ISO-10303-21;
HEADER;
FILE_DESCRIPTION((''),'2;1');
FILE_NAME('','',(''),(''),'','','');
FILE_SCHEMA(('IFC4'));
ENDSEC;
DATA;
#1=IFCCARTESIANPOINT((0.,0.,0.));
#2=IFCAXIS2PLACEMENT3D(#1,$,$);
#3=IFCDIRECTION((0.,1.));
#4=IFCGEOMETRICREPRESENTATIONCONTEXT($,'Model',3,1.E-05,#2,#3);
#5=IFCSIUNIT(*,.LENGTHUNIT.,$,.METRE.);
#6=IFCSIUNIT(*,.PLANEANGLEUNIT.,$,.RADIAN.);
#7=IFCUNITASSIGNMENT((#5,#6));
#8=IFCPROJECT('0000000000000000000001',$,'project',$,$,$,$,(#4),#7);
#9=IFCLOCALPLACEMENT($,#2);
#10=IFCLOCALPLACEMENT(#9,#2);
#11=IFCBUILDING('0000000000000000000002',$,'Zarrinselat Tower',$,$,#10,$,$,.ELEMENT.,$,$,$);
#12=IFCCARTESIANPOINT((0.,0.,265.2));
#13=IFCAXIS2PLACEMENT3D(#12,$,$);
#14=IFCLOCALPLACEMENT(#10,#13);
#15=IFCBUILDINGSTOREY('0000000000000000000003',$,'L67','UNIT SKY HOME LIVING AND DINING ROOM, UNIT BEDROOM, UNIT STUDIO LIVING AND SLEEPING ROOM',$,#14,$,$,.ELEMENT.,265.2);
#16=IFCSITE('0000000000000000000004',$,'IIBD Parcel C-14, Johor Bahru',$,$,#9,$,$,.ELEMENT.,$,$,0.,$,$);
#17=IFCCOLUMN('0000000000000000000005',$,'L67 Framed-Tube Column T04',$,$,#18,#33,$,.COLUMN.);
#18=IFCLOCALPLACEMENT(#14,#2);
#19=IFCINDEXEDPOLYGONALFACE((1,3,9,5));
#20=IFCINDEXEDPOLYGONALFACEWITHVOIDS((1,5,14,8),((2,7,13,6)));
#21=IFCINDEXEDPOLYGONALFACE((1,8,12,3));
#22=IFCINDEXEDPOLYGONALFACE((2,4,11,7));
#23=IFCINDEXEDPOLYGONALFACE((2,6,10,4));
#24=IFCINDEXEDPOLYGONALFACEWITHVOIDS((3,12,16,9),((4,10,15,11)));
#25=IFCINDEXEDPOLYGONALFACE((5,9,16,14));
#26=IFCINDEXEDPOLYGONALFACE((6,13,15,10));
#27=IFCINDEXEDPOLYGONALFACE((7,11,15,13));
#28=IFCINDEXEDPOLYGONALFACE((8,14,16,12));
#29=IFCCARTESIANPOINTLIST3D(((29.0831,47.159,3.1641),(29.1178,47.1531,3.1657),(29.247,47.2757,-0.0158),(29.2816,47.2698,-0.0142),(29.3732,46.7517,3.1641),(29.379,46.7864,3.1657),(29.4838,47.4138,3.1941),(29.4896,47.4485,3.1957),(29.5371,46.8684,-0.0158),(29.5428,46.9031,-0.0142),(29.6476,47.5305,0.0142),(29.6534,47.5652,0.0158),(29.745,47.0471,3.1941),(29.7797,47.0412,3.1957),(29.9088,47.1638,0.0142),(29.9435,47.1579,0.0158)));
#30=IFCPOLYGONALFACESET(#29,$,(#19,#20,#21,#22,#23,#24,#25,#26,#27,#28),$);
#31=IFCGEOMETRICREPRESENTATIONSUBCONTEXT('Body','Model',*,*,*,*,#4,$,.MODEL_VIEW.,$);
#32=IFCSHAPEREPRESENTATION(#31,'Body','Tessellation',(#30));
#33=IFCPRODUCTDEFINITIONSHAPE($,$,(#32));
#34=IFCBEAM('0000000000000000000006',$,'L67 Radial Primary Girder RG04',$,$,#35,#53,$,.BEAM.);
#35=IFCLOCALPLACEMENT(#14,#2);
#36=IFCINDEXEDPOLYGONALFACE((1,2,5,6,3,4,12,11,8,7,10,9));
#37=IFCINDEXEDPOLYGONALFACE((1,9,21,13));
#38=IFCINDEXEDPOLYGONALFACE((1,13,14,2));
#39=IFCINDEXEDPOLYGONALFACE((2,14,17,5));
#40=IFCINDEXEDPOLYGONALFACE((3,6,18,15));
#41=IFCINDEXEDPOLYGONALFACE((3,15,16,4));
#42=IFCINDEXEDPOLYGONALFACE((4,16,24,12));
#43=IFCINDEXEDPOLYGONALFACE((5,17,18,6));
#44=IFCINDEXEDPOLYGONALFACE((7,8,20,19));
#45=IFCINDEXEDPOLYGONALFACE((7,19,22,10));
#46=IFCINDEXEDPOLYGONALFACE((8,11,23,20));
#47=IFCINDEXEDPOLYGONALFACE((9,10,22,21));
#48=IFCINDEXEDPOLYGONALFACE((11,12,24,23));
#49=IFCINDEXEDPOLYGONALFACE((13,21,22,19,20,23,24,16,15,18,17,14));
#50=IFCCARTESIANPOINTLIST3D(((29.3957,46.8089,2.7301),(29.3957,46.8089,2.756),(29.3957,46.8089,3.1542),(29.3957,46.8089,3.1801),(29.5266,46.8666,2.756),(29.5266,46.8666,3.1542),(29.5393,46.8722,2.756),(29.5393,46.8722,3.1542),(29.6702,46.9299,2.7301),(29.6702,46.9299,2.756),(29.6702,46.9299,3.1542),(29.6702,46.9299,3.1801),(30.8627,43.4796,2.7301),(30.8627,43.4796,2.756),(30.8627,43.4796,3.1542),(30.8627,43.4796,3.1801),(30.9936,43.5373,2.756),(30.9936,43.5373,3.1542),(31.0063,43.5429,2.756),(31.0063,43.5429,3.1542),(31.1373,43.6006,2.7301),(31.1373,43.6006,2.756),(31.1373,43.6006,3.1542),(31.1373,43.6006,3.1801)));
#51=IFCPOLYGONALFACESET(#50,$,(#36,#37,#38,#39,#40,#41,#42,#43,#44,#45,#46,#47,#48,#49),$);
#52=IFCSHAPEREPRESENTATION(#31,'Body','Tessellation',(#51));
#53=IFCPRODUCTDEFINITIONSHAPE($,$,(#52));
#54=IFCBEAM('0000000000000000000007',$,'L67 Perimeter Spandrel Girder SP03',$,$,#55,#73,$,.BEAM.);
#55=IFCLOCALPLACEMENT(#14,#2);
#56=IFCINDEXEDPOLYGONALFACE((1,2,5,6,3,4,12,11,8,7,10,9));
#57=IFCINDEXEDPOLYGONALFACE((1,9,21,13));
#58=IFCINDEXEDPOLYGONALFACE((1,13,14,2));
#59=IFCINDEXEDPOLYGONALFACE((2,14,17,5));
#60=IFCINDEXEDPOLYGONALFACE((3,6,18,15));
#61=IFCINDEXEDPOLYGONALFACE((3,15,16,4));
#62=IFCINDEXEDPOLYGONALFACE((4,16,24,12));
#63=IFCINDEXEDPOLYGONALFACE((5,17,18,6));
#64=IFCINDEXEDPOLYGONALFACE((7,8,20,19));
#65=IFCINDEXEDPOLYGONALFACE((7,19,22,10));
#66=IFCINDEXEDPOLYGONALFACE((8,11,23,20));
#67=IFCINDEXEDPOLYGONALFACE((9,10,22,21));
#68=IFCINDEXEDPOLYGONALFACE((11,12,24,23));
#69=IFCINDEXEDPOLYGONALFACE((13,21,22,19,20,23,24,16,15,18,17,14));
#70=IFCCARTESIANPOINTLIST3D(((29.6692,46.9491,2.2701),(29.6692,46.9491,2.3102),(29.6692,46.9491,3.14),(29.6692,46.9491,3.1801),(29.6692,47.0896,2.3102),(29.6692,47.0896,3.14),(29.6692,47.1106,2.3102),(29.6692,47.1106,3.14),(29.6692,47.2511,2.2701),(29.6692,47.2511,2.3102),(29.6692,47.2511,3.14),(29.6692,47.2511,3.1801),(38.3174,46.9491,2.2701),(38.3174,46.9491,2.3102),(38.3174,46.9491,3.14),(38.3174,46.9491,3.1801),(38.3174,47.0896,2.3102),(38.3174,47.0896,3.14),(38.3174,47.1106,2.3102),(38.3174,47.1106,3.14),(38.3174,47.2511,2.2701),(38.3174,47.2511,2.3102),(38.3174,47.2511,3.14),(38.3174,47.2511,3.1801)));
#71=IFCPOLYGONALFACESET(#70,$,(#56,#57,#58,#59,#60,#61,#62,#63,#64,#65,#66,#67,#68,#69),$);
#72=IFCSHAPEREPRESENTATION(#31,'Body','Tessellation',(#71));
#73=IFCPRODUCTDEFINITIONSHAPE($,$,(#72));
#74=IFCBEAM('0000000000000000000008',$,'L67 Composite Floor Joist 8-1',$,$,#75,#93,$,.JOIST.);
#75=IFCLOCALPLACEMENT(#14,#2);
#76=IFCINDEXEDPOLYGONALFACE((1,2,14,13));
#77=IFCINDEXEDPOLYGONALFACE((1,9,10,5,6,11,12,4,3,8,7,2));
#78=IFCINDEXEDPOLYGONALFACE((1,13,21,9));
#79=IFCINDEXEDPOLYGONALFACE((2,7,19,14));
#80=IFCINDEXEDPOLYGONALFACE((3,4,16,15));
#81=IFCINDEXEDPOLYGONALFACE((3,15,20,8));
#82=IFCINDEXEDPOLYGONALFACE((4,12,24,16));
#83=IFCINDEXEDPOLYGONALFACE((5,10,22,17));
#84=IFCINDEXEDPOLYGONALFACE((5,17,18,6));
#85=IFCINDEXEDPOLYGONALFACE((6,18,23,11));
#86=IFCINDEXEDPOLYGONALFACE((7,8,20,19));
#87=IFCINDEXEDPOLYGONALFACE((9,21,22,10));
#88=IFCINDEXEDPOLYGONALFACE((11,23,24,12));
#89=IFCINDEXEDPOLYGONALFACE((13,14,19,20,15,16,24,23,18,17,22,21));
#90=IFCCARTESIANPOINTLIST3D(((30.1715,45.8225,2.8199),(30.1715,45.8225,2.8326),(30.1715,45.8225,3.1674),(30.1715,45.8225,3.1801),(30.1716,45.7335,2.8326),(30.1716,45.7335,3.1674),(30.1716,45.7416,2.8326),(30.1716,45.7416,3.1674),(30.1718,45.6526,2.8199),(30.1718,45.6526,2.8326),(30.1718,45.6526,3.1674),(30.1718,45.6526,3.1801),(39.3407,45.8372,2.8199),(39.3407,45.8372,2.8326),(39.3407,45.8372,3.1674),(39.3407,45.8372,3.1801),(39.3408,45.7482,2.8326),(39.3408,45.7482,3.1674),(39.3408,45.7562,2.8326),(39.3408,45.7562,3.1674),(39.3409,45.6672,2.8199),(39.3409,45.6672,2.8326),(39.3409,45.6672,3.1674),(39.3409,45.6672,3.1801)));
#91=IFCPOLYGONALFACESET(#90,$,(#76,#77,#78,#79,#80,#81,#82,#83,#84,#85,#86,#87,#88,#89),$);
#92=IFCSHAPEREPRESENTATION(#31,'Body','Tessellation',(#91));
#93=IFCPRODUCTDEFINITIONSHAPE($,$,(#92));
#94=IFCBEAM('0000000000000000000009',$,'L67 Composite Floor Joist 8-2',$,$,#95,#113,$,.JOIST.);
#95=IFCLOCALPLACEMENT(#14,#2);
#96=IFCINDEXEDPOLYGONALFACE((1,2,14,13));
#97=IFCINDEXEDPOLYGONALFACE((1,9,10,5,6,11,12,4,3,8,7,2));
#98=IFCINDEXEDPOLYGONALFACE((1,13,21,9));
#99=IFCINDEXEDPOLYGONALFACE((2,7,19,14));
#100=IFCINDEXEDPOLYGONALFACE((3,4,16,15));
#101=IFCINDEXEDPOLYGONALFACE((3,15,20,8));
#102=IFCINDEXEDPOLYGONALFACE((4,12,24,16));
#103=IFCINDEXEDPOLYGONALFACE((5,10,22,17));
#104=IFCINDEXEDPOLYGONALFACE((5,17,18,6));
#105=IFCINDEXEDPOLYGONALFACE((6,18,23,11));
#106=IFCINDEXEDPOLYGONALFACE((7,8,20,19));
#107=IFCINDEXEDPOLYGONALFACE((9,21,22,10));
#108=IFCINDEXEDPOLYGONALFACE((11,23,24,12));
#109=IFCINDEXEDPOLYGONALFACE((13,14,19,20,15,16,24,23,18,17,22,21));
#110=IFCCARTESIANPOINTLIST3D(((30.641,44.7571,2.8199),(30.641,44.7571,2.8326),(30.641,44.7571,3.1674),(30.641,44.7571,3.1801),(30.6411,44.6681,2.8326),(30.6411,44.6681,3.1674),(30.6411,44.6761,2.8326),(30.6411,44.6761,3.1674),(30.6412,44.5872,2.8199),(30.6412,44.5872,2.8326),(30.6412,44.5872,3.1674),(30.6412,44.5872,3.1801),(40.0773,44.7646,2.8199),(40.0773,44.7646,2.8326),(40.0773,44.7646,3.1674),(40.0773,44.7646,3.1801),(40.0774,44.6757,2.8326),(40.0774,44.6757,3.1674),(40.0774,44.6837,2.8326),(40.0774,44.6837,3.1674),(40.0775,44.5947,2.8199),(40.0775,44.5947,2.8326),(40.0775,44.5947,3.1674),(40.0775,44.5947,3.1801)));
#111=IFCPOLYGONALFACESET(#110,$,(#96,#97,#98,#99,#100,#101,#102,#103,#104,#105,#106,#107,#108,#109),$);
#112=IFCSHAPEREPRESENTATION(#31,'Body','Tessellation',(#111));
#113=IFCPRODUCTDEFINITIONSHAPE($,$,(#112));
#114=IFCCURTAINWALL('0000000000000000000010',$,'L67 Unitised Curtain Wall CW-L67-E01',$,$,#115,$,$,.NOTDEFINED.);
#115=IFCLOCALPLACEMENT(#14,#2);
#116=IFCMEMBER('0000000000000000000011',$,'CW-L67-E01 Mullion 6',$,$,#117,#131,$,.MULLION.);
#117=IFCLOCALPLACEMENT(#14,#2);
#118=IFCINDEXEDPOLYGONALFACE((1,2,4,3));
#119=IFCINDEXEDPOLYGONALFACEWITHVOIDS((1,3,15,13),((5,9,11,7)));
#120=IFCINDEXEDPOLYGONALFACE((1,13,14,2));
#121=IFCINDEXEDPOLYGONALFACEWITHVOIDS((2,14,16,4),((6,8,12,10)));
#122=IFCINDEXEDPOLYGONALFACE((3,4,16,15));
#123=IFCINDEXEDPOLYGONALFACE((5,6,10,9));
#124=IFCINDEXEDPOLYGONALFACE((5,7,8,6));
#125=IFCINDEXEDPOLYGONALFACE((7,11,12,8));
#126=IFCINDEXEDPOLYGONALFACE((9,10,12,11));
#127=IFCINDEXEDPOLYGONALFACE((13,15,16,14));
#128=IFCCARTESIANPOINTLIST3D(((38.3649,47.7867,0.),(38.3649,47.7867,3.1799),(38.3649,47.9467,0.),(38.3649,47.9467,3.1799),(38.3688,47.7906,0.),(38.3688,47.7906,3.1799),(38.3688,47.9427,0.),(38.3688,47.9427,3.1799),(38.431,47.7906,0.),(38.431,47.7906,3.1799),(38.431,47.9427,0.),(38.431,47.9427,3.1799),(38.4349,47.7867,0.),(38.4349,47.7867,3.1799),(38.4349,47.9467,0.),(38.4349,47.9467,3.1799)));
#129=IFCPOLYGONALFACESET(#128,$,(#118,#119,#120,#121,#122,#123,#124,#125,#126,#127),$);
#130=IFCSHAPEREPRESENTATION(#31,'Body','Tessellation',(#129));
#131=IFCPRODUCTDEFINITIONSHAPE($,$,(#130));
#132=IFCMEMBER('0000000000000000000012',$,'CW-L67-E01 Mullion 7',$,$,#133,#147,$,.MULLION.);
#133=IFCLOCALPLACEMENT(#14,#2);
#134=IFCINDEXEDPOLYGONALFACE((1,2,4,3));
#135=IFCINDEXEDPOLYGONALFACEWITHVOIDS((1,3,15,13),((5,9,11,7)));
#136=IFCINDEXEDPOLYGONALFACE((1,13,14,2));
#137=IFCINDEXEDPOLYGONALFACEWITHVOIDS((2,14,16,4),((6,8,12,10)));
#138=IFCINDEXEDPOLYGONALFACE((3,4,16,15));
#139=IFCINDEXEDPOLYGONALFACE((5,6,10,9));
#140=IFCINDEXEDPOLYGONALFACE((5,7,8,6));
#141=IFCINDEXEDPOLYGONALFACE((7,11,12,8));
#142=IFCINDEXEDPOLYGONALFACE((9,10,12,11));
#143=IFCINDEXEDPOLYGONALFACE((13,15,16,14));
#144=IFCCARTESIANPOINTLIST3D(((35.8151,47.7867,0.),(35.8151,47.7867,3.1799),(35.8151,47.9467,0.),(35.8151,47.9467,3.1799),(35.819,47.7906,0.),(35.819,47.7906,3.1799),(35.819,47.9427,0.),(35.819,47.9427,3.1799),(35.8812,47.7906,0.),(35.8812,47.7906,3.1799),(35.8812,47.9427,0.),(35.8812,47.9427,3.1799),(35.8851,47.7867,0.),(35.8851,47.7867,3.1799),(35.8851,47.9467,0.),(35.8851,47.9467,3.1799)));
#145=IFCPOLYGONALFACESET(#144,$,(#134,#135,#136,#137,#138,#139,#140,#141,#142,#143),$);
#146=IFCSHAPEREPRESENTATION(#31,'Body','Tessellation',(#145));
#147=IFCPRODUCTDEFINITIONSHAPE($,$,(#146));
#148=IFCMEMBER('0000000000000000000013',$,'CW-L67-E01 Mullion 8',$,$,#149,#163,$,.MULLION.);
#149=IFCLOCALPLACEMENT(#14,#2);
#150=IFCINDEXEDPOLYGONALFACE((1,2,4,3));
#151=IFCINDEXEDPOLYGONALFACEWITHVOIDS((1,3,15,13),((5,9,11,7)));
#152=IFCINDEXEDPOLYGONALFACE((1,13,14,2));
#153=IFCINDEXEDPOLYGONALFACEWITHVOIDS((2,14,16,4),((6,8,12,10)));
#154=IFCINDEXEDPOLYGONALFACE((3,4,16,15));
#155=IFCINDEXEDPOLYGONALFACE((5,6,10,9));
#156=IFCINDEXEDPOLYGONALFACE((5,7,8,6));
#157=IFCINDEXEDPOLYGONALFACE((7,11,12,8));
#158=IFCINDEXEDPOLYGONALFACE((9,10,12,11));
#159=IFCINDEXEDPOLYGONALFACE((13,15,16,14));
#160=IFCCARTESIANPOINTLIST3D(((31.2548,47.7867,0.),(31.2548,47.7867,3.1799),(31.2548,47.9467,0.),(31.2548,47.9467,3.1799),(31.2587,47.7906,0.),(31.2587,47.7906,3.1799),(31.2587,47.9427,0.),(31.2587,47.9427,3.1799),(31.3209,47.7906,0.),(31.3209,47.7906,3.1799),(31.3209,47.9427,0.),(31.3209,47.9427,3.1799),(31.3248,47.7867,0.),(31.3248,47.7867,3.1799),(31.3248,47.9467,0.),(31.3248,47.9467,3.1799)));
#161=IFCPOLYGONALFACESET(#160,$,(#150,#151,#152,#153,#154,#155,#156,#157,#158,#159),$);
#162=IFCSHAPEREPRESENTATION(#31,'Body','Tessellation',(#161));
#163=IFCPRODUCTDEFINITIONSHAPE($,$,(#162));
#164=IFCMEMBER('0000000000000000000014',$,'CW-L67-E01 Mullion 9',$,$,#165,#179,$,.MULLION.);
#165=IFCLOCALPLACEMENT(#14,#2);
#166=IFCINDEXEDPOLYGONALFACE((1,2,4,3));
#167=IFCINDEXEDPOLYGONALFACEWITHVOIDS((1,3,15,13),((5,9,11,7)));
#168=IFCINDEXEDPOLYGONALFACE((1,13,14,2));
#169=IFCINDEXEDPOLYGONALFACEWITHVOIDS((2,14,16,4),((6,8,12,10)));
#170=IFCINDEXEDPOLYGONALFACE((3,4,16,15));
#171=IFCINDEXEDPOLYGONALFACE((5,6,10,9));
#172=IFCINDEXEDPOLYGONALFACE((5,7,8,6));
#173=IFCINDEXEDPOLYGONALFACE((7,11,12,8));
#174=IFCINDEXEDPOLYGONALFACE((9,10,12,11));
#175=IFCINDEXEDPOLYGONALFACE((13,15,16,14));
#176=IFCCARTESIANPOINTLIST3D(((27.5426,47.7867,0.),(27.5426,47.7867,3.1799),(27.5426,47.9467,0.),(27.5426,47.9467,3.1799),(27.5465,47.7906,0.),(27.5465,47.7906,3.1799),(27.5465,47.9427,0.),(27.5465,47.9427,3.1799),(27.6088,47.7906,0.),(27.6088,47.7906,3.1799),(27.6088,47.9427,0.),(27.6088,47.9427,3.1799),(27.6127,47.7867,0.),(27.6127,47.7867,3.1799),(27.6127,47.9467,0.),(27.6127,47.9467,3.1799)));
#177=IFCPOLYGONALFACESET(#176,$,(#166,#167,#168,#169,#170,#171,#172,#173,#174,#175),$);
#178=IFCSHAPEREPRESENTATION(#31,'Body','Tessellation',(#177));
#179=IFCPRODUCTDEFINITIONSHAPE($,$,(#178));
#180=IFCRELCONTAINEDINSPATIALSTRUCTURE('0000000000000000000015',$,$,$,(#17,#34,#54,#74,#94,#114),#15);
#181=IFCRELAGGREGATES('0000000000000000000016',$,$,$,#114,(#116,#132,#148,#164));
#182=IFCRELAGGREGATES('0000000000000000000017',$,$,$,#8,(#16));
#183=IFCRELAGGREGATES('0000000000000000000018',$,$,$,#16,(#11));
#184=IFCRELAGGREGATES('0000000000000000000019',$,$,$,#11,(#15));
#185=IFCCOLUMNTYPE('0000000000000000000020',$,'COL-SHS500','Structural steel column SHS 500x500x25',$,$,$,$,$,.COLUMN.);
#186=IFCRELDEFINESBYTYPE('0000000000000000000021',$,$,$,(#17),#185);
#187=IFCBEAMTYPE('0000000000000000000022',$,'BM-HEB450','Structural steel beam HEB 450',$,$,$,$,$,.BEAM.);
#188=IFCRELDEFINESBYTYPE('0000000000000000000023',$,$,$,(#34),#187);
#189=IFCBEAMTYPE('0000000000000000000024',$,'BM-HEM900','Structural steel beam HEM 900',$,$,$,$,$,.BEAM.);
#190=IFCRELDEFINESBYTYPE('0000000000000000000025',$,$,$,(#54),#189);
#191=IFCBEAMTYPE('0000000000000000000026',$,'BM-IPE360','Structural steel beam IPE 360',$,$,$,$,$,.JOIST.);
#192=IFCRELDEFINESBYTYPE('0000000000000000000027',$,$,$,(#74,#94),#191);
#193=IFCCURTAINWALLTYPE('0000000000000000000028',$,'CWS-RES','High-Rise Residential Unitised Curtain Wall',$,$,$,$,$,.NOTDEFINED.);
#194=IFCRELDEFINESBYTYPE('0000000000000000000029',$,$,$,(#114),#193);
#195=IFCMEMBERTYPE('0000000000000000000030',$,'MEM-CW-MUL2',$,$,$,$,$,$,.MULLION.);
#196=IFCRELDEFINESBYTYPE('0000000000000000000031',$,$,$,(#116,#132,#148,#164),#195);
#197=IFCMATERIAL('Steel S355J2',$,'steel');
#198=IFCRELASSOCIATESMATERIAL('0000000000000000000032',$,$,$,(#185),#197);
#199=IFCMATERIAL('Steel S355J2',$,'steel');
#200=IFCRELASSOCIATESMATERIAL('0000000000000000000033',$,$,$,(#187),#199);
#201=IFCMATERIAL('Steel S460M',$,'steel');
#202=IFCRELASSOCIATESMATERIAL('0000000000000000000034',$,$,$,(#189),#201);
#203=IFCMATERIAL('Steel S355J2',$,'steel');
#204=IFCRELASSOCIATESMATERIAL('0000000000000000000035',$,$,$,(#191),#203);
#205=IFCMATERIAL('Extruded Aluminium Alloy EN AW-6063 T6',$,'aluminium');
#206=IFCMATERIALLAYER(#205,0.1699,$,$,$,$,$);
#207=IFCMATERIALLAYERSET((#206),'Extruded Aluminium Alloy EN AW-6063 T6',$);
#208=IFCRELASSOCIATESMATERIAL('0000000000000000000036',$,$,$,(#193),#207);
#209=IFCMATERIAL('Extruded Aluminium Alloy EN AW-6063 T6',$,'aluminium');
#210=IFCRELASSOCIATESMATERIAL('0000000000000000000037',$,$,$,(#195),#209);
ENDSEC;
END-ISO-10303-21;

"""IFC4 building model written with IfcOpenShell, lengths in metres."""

from ifc_helpers import new_model, si_unit, direction, frame, origin, origin_2d, place, context, subcontext, project, spatial, hollow_rectangle, i_section, extrude, material, layer, layer_set, material_profile, profile_set, type_object, element, aggregate, save


model = new_model("IFC4")

# Units and contexts
model_context = context("Model", 3, precision=1e-05, world=origin(), true_north=direction((0.0, 1.0)))
body_context = subcontext(model_context, "Body", "Model", "MODEL_VIEW")
ifc_project = project(units=[si_unit("LENGTHUNIT", "METRE"), si_unit("PLANEANGLEUNIT", "RADIAN")], contexts=[model_context])

# Site, building, storey
site_placement = place(None, origin())
site = spatial("IfcSite", under=ifc_project, at=site_placement, Name="IIBD Parcel C-14, Johor Bahru", CompositionType="ELEMENT", RefElevation=0.0)
building_placement = place(site_placement, origin())
building = spatial("IfcBuilding", under=site, at=building_placement, Name="Zarrinselat Tower", CompositionType="ELEMENT")
storey_placement = place(building_placement, frame((0.0, 0.0, 265.2)))
storey = spatial("IfcBuildingStorey", under=building, at=storey_placement, Name="L67", Description="UNIT SKY HOME LIVING AND DINING ROOM, UNIT BEDROOM, UNIT STUDIO LIVING AND SLEEPING ROOM", CompositionType="ELEMENT", Elevation=265.2)

# Column
ifc_material_1 = material(Name="Steel S355J2", Category="steel")
ifc_material_profile_1 = material_profile(ifc_material_1, hollow_rectangle(XDim=0.5, YDim=0.5, WallThickness=0.0249, at=origin_2d()), Name="SHS 500x500x25")
ifc_profile_set_1 = profile_set([ifc_material_profile_1], Name="Steel S355J2")
column_type = type_object("IfcColumnType", Name="COL-SHS500", Description="Structural steel column SHS 500x500x25", PredefinedType="COLUMN", material=ifc_profile_set_1)
column_placement = place(storey_placement, frame((29.5952, 47.2168, 0.0), z_axis=(-0.051414, -0.036625, 0.998006), x_axis=(0.580204, -0.814471, 0.0)))
element("IfcColumn", 1, at=column_placement, inside=storey, type_object=column_type, Name="L67 Framed-Tube Column T04", PredefinedType="COLUMN", context=body_context, shape_type="SweptSolid", body=[
    extrude(hollow_rectangle(XDim=0.5, YDim=0.5, WallThickness=0.0249, at=origin_2d()), origin(), (0.0, 0.0, 1.0), 3.1863),
])

# Beams
ifc_material_2 = material(Name="Steel S355J2", Category="steel")
ifc_material_profile_2 = material_profile(ifc_material_2, i_section(OverallWidth=0.3, OverallDepth=0.45, WebThickness=0.0139, FlangeThickness=0.0259, at=origin_2d()), Name="HEB 450")
ifc_profile_set_2 = profile_set([ifc_material_profile_2], Name="Steel S355J2")
beam_type_1 = type_object("IfcBeamType", Name="BM-HEB450", Description="Structural steel beam HEB 450", PredefinedType="BEAM", material=ifc_profile_set_2)
beam_1_placement = place(storey_placement, frame((29.533, 46.8694, 2.9551), z_axis=(0.403229, -0.915099, 0.0), x_axis=(0.915099, 0.403229, 0.0)))
element("IfcBeam", 2, at=beam_1_placement, inside=storey, type_object=beam_type_1, Name="L67 Radial Primary Girder RG04", PredefinedType="BEAM", context=body_context, shape_type="SweptSolid", body=[
    extrude(i_section(OverallWidth=0.3, OverallDepth=0.45, WebThickness=0.0139, FlangeThickness=0.0259, at=origin_2d()), origin(), (0.0, 0.0, 1.0), 3.6382),
])
ifc_material_3 = material(Name="Steel S460M", Category="steel")
ifc_material_profile_3 = material_profile(ifc_material_3, i_section(OverallWidth=0.302, OverallDepth=0.9099, WebThickness=0.021, FlangeThickness=0.04, at=origin_2d()), Name="HEM 900")
ifc_profile_set_3 = profile_set([ifc_material_profile_3], Name="Steel S460M")
beam_type_2 = type_object("IfcBeamType", Name="BM-HEM900", Description="Structural steel beam HEM 900", PredefinedType="BEAM", material=ifc_profile_set_3)
beam_2_placement = place(storey_placement, frame((29.6692, 47.1001, 2.7251), z_axis=(1.0, 0.0, 0.0), x_axis=(0.0, 1.0, 0.0)))
element("IfcBeam", 3, at=beam_2_placement, inside=storey, type_object=beam_type_2, Name="L67 Perimeter Spandrel Girder SP03", PredefinedType="BEAM", context=body_context, shape_type="SweptSolid", body=[
    extrude(i_section(OverallWidth=0.302, OverallDepth=0.9099, WebThickness=0.021, FlangeThickness=0.04, at=origin_2d()), origin(), (0.0, 0.0, 1.0), 8.6482),
])
ifc_material_4 = material(Name="Steel S355J2", Category="steel")
ifc_material_profile_4 = material_profile(ifc_material_4, i_section(OverallWidth=0.1699, OverallDepth=0.3601, WebThickness=0.0081, FlangeThickness=0.0127, at=origin_2d()), Name="IPE 360")
ifc_profile_set_4 = profile_set([ifc_material_profile_4], Name="Steel S355J2")
beam_type_3 = type_object("IfcBeamType", Name="BM-IPE360", Description="Structural steel beam IPE 360", PredefinedType="JOIST", material=ifc_profile_set_4)
beam_3_placement = place(storey_placement, frame((30.1716, 45.7375, 3.0), z_axis=(0.999999, 0.001598, 0.0), x_axis=(-0.001598, 0.999999, 0.0)))
element("IfcBeam", 4, at=beam_3_placement, inside=storey, type_object=beam_type_3, Name="L67 Composite Floor Joist 8-1", PredefinedType="JOIST", context=body_context, shape_type="SweptSolid", body=[
    extrude(i_section(OverallWidth=0.1699, OverallDepth=0.3601, WebThickness=0.0081, FlangeThickness=0.0127, at=origin_2d()), origin(), (0.0, 0.0, 1.0), 9.1692),
])
beam_4_placement = place(storey_placement, frame((30.6411, 44.6721, 3.0), z_axis=(1.0, 0.000802, 0.0), x_axis=(-0.000802, 1.0, 0.0)))
element("IfcBeam", 5, at=beam_4_placement, inside=storey, type_object=beam_type_3, Name="L67 Composite Floor Joist 8-2", PredefinedType="JOIST", context=body_context, shape_type="SweptSolid", body=[
    extrude(i_section(OverallWidth=0.1699, OverallDepth=0.3601, WebThickness=0.0081, FlangeThickness=0.0127, at=origin_2d()), origin(), (0.0, 0.0, 1.0), 9.4363),
])

# Curtain wall, members
ifc_material_5 = material(Name="Extruded Aluminium Alloy EN AW-6063 T6", Category="aluminium")
ifc_layer_1 = layer(ifc_material_5, 0.1699)
ifc_layer_set_1 = layer_set([ifc_layer_1], Name="Extruded Aluminium Alloy EN AW-6063 T6")
curtain_wall_type = type_object("IfcCurtainWallType", Name="CWS-RES", Description="High-Rise Residential Unitised Curtain Wall", PredefinedType="NOTDEFINED", material=ifc_layer_set_1)
curtain_wall_placement = place(storey_placement, origin())
curtain_wall = element("IfcCurtainWall", 6, at=curtain_wall_placement, inside=storey, type_object=curtain_wall_type, Name="L67 Unitised Curtain Wall CW-L67-E01", PredefinedType="NOTDEFINED")
ifc_material_6 = material(Name="Extruded Aluminium Alloy EN AW-6063 T6", Category="aluminium")
ifc_material_profile_5 = material_profile(ifc_material_6, hollow_rectangle(XDim=0.0701, YDim=0.1599, WallThickness=0.0039, at=origin_2d()), Name="RHS 160x70x4")
ifc_profile_set_5 = profile_set([ifc_material_profile_5], Name="Extruded Aluminium Alloy EN AW-6063 T6")
member_type_1 = type_object("IfcMemberType", Name="MEM-CW-MUL2", PredefinedType="MULLION", material=ifc_profile_set_5)
member_1_placement = place(storey_placement, frame((38.3999, 47.8667, 0.0), z_axis=(0.0, 0.0, 1.0), x_axis=(-1.0, 0.0, 0.0)))
member_1 = element("IfcMember", 7, at=member_1_placement, type_object=member_type_1, Name="CW-L67-E01 Mullion 6", PredefinedType="MULLION", context=body_context, shape_type="SweptSolid", body=[
    extrude(hollow_rectangle(XDim=0.0701, YDim=0.1599, WallThickness=0.0039, at=origin_2d()), origin(), (0.0, 0.0, 1.0), 3.1799),
])
member_2_placement = place(storey_placement, frame((35.8501, 47.8667, 0.0), z_axis=(0.0, 0.0, 1.0), x_axis=(-1.0, 0.0, 0.0)))
member_2 = element("IfcMember", 8, at=member_2_placement, type_object=member_type_1, Name="CW-L67-E01 Mullion 7", PredefinedType="MULLION", context=body_context, shape_type="SweptSolid", body=[
    extrude(hollow_rectangle(XDim=0.0701, YDim=0.1599, WallThickness=0.0039, at=origin_2d()), origin(), (0.0, 0.0, 1.0), 3.1799),
])
member_3_placement = place(storey_placement, frame((31.2898, 47.8667, 0.0), z_axis=(0.0, 0.0, 1.0), x_axis=(-1.0, 0.0, 0.0)))
member_3 = element("IfcMember", 9, at=member_3_placement, type_object=member_type_1, Name="CW-L67-E01 Mullion 8", PredefinedType="MULLION", context=body_context, shape_type="SweptSolid", body=[
    extrude(hollow_rectangle(XDim=0.0701, YDim=0.1599, WallThickness=0.0039, at=origin_2d()), origin(), (0.0, 0.0, 1.0), 3.1799),
])
member_4_placement = place(storey_placement, frame((27.5776, 47.8667, 0.0), z_axis=(0.0, 0.0, 1.0), x_axis=(-1.0, 0.0, 0.0)))
member_4 = element("IfcMember", 10, at=member_4_placement, type_object=member_type_1, Name="CW-L67-E01 Mullion 9", PredefinedType="MULLION", context=body_context, shape_type="SweptSolid", body=[
    extrude(hollow_rectangle(XDim=0.0701, YDim=0.1599, WallThickness=0.0039, at=origin_2d()), origin(), (0.0, 0.0, 1.0), 3.1799),
])
aggregate(curtain_wall, [member_1, member_2, member_3, member_4])

save(model, "model.ifc")
